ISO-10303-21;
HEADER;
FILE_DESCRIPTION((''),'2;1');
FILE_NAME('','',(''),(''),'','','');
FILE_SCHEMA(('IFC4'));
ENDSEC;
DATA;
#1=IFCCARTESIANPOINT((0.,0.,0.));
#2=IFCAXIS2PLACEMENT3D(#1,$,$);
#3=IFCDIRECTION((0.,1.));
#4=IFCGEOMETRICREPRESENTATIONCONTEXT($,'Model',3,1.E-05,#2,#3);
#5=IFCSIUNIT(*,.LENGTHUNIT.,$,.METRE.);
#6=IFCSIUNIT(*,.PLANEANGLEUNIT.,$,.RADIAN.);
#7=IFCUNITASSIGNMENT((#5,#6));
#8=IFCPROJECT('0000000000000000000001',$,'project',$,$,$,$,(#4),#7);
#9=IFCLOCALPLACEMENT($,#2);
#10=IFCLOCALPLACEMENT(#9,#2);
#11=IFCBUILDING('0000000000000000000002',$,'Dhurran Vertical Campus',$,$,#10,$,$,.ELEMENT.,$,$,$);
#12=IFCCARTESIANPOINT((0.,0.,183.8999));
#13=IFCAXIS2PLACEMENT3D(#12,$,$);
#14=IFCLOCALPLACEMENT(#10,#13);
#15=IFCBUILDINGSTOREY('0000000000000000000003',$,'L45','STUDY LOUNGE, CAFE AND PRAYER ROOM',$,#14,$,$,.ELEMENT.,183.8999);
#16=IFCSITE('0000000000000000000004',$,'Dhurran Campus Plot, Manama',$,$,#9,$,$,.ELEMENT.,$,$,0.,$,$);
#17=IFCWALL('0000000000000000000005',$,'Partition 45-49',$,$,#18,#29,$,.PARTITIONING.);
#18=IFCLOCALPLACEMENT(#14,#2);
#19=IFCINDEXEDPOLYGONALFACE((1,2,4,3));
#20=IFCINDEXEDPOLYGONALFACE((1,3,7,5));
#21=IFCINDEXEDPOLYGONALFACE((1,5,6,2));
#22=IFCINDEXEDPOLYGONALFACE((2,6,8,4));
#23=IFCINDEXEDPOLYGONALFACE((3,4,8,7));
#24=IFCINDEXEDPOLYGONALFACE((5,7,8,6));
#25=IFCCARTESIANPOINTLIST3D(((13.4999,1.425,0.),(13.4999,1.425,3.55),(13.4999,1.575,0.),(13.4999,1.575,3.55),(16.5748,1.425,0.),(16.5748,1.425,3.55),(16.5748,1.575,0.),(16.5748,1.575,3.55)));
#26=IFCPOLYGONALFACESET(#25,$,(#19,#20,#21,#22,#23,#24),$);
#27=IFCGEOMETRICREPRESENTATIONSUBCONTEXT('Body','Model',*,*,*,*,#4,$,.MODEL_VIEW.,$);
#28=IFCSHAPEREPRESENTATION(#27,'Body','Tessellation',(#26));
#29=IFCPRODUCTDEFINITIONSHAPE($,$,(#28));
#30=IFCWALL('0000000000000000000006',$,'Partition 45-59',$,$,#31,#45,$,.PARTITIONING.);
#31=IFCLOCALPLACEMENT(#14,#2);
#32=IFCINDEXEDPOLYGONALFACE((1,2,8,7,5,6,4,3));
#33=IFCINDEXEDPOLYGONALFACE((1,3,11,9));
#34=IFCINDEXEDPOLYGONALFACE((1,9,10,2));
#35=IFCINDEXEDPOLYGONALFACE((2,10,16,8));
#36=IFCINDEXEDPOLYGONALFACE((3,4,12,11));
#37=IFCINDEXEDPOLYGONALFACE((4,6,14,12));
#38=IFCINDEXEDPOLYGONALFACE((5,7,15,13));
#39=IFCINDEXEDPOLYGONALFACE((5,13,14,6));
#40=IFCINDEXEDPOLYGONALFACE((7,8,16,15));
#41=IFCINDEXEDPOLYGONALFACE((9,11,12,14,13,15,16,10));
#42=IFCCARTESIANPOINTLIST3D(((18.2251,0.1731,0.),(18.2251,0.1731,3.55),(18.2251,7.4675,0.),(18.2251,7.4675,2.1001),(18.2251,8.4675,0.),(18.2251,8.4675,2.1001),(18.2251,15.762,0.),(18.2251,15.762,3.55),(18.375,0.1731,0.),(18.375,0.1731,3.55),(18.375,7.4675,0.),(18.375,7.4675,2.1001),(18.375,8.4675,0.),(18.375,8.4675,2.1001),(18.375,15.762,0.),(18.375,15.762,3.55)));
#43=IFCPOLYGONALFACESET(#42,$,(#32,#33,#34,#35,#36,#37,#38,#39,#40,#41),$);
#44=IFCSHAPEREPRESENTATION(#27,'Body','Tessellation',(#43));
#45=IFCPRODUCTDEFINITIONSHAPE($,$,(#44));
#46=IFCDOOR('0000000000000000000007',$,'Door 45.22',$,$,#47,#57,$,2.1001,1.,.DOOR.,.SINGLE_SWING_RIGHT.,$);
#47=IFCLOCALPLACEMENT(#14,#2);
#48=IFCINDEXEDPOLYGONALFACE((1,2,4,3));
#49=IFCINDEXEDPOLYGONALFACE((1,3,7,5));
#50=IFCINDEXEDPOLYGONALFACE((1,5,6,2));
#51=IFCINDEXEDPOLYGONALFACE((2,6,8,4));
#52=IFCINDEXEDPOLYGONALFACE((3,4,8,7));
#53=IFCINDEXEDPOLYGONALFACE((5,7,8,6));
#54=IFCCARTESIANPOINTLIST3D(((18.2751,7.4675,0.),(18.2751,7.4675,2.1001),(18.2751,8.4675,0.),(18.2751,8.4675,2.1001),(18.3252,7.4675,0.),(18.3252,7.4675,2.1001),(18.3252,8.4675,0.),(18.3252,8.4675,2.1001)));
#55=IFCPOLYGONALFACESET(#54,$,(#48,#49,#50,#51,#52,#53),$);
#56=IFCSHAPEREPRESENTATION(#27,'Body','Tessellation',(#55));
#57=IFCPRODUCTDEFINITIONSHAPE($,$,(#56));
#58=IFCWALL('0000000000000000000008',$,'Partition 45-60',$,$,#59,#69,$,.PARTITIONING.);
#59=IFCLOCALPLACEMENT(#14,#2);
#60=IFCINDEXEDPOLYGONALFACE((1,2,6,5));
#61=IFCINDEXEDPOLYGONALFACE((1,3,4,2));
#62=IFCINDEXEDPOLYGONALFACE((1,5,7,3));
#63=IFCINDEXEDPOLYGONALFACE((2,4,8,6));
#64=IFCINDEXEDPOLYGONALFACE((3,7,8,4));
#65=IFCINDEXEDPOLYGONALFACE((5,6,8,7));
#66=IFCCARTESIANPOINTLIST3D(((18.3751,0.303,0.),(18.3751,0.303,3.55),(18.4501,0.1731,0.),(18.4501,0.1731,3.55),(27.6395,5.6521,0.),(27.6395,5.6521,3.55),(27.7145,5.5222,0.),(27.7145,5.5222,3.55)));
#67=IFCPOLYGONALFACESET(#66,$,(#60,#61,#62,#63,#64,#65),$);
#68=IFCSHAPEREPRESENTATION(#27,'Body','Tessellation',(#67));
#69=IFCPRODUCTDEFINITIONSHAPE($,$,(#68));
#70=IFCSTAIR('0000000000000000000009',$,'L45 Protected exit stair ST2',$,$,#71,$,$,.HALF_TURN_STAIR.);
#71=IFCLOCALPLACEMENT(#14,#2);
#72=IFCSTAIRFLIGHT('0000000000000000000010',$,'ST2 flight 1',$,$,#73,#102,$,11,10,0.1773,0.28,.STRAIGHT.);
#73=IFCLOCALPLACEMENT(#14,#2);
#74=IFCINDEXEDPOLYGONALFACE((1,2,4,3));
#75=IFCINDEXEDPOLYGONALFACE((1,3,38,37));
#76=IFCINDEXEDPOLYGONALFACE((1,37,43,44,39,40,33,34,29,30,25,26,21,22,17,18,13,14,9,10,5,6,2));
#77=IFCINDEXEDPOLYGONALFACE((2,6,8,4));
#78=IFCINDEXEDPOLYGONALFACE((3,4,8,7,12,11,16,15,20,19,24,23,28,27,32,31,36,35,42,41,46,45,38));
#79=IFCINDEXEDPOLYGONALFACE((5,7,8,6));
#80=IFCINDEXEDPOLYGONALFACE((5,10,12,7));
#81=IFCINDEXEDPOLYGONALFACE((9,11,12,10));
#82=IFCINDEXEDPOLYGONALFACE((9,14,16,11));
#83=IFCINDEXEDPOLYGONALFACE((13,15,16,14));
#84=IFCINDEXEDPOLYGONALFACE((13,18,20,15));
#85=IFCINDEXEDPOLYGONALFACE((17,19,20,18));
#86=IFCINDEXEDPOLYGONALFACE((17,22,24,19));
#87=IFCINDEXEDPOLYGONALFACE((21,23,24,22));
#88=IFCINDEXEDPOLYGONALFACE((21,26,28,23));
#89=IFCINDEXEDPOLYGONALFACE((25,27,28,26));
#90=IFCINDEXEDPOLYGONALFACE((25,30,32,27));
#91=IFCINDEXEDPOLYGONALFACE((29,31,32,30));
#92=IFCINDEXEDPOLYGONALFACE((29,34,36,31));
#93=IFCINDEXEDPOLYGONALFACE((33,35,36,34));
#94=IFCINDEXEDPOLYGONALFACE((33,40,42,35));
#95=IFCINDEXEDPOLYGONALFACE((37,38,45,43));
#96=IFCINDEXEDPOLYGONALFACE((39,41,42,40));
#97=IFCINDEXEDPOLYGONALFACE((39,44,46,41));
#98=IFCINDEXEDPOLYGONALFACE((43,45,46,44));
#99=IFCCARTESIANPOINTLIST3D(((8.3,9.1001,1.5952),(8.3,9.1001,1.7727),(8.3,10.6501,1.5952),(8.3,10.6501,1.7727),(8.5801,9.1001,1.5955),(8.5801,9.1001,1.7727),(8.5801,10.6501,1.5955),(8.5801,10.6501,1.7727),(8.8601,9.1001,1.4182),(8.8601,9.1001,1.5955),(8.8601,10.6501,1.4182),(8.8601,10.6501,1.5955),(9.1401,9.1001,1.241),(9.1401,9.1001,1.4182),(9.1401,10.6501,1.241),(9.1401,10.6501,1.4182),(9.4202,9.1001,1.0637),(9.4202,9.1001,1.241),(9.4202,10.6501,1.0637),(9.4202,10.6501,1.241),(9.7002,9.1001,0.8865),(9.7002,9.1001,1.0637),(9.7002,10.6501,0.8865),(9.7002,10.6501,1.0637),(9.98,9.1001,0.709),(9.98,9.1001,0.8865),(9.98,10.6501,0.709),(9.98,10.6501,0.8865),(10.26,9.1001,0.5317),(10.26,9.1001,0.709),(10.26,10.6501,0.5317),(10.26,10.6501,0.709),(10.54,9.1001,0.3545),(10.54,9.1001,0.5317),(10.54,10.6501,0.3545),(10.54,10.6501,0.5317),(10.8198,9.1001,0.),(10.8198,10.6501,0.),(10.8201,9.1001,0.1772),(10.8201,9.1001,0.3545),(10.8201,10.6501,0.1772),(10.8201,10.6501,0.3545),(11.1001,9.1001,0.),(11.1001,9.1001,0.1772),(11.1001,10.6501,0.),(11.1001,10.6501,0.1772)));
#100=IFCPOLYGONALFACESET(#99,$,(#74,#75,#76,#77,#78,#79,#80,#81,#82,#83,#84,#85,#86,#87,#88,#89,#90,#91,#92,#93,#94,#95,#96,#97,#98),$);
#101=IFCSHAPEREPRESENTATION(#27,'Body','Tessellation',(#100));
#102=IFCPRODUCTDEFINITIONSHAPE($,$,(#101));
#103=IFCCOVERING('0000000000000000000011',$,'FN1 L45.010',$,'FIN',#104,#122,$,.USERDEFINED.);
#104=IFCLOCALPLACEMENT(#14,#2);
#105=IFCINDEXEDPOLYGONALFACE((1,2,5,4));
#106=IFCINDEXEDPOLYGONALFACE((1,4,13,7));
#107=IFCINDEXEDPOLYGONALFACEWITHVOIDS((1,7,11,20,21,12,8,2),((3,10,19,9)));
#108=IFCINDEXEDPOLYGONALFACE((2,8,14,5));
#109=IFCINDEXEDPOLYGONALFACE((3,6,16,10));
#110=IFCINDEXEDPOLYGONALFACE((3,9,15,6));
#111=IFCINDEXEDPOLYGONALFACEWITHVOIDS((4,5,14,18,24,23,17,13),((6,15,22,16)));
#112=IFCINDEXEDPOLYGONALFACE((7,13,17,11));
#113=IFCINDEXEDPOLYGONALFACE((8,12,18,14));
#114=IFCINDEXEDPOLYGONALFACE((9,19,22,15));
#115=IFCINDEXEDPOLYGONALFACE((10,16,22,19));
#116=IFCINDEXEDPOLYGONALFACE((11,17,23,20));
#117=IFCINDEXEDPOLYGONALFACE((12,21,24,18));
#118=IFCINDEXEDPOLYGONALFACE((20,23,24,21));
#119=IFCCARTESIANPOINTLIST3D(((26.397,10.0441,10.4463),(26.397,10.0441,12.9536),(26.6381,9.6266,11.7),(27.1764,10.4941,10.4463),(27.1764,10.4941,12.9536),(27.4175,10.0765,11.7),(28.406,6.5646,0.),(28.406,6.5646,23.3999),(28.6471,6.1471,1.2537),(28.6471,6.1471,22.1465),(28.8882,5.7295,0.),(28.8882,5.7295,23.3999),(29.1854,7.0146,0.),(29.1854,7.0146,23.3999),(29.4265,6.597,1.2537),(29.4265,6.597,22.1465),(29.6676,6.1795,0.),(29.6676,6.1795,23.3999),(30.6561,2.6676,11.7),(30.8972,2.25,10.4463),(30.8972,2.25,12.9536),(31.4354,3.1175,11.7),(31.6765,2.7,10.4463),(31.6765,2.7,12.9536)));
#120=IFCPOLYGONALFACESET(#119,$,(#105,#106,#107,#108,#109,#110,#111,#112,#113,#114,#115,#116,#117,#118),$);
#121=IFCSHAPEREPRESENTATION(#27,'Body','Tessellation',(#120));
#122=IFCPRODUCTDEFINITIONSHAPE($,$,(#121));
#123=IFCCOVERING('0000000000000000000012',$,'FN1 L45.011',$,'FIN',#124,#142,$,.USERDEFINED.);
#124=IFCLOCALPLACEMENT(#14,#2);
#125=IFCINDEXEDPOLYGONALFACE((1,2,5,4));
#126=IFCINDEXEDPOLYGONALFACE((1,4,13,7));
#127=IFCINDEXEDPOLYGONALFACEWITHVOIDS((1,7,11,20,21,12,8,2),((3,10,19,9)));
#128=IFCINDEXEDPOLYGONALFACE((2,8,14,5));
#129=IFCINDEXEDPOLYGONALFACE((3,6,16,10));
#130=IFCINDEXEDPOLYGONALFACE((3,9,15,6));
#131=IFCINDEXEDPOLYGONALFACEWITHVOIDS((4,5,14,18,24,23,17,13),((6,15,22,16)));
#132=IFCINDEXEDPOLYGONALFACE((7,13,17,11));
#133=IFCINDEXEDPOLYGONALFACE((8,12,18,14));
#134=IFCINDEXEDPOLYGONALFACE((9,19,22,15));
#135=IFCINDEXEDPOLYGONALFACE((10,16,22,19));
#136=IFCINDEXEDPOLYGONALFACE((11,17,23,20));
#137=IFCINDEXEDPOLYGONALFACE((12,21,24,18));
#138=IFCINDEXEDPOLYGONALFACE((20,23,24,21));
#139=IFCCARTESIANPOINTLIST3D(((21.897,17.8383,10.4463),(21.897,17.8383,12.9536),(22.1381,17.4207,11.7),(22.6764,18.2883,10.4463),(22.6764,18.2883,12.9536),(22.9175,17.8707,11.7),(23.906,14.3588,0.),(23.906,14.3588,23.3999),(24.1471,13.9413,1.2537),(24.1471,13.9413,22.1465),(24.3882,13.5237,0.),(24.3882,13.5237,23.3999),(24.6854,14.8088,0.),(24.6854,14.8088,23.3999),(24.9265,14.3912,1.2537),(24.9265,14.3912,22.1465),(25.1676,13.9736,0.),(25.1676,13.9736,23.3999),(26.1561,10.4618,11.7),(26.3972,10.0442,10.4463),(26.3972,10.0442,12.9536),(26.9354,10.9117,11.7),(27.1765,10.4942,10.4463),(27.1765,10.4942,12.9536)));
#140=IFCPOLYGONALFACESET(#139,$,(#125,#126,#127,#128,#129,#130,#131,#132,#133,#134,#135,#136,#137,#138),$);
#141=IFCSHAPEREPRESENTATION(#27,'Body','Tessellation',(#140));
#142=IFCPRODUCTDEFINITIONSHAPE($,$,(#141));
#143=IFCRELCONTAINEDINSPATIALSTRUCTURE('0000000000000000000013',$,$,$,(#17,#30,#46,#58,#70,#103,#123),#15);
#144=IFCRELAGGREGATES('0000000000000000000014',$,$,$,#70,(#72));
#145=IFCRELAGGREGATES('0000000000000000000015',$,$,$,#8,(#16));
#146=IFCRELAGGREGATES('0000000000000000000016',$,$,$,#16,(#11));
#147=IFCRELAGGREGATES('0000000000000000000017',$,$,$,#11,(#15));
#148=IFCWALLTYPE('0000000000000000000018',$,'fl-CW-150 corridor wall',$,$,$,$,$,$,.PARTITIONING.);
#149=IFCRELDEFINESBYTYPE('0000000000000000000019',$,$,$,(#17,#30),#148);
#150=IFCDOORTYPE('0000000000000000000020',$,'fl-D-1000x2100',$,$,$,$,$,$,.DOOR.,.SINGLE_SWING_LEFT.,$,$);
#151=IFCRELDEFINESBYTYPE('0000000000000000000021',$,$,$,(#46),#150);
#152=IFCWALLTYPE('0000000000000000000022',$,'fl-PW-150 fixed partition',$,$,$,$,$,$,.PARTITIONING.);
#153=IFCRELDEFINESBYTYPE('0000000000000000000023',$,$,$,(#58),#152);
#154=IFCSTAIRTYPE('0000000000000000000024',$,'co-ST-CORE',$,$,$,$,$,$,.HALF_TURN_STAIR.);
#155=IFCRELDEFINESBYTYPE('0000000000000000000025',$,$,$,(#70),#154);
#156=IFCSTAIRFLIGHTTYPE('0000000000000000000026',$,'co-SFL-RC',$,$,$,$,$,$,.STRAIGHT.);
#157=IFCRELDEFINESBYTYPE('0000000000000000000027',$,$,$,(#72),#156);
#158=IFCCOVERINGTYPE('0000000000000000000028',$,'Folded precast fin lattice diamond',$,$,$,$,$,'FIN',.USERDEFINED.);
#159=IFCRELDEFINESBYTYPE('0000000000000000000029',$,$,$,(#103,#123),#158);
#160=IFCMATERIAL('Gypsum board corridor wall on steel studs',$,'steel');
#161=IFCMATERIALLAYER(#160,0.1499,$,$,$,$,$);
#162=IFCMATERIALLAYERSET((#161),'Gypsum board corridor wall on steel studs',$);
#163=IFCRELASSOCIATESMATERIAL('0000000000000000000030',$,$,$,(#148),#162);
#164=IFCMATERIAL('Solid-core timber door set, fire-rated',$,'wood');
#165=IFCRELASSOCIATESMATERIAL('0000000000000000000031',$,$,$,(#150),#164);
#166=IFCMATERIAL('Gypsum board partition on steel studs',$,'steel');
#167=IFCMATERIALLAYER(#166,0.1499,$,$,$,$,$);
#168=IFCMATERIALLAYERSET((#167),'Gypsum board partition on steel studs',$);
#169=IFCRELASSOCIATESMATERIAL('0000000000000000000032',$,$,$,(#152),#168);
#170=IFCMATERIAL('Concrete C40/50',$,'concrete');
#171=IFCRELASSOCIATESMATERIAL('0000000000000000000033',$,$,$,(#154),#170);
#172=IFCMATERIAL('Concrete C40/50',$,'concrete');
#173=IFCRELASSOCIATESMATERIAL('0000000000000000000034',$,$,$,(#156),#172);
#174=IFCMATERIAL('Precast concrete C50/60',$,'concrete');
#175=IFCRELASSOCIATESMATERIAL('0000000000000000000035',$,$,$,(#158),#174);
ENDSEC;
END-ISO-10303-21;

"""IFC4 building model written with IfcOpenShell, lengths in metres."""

from ifc_helpers import new_model, si_unit, direction, frame, frame_2d, origin, place, context, subcontext, project, spatial, polyline, rectangle, outline, extrude, material, layer, layer_set, type_object, element, fill, aggregate, save


model = new_model("IFC4")

# Units and contexts
model_context = context("Model", 3, precision=1e-05, world=origin(), true_north=direction((0.0, 1.0)))
body_context = subcontext(model_context, "Body", "Model", "MODEL_VIEW")
ifc_project = project(units=[si_unit("LENGTHUNIT", "METRE"), si_unit("PLANEANGLEUNIT", "RADIAN")], contexts=[model_context])

# Site, building, storey
site_placement = place(None, origin())
site = spatial("IfcSite", under=ifc_project, at=site_placement, Name="Dhurran Campus Plot, Manama", CompositionType="ELEMENT", RefElevation=0.0)
building_placement = place(site_placement, origin())
building = spatial("IfcBuilding", under=site, at=building_placement, Name="Dhurran Vertical Campus", CompositionType="ELEMENT")
storey_placement = place(building_placement, frame((0.0, 0.0, 183.8999)))
storey = spatial("IfcBuildingStorey", under=building, at=storey_placement, Name="L45", Description="STUDY LOUNGE, CAFE AND PRAYER ROOM", CompositionType="ELEMENT", Elevation=183.8999)

# Wall
ifc_material_1 = material(Name="Gypsum board corridor wall on steel studs", Category="steel")
ifc_layer_1 = layer(ifc_material_1, 0.1499)
ifc_layer_set_1 = layer_set([ifc_layer_1], Name="Gypsum board corridor wall on steel studs")
wall_type_1 = type_object("IfcWallType", Name="fl-CW-150 corridor wall", PredefinedType="PARTITIONING", material=ifc_layer_set_1)
for number, where, z_axis, x_axis, name in (
    (1, (16.575, 1.5, 0.0), (0.0, 0.0, 1.0), (-1.0, 0.0, 0.0), "Partition 45-49"),
):
    element("IfcWall", number, at=place(storey_placement, frame(where, z_axis=z_axis, x_axis=x_axis)), inside=storey, type_object=wall_type_1, Name=name, PredefinedType="PARTITIONING", context=body_context, shape_type="SweptSolid", body=[
        extrude(rectangle(XDim=3.075, YDim=0.1499, at=frame_2d((1.5376, 0.0))), origin(), (0.0, 0.0, 1.0), 3.55),
    ])

# Wall, opening, door
wall_1_placement = place(storey_placement, frame((18.3, 0.1731, 0.0), z_axis=(0.0, 0.0, 1.0), x_axis=(0.0, 1.0, 0.0)))
wall_1 = element("IfcWall", 2, at=wall_1_placement, inside=storey, type_object=wall_type_1, Name="Partition 45-59", PredefinedType="PARTITIONING", context=body_context, shape_type="SweptSolid", body=[
    extrude(rectangle(XDim=15.5889, YDim=0.1499, at=frame_2d((7.7944, 0.0))), origin(), (0.0, 0.0, 1.0), 3.55),
])
opening_1_placement = place(wall_1_placement, frame((7.2944, 0.0, 0.0)))
opening_1 = element("IfcOpeningElement", 3, at=opening_1_placement, cuts=wall_1, PredefinedType="OPENING", context=body_context, shape_type="SweptSolid", body=[
    extrude(rectangle(XDim=1.0, YDim=2.1001, at=frame_2d((0.5, 1.05))), frame((0.0, 0.085, 0.0), z_axis=(0.0, -1.0, 0.0), x_axis=(1.0, 0.0, 0.0)), (0.0, 0.0, 1.0), 0.1699),
])
ifc_material_2 = material(Name="Solid-core timber door set, fire-rated", Category="wood")
door_type = type_object("IfcDoorType", Name="fl-D-1000x2100", OperationType="SINGLE_SWING_LEFT", PredefinedType="DOOR", material=ifc_material_2)
door_placement = place(opening_1_placement, origin())
door = element("IfcDoor", 4, at=door_placement, inside=storey, type_object=door_type, Name="Door 45.22", OperationType="SINGLE_SWING_RIGHT", OverallHeight=2.1001, OverallWidth=1.0, PredefinedType="DOOR", context=body_context, shape_type="SweptSolid", body=[
    extrude(rectangle(XDim=1.0, YDim=2.1001, at=frame_2d((0.5, 1.05))), frame((0.0, 0.0249, 0.0), z_axis=(0.0, -1.0, 0.0), x_axis=(1.0, 0.0, 0.0)), (0.0, 0.0, 1.0), 0.05),
])
fill(opening_1, door)

# Wall
ifc_material_3 = material(Name="Gypsum board partition on steel studs", Category="steel")
ifc_layer_2 = layer(ifc_material_3, 0.1499)
ifc_layer_set_2 = layer_set([ifc_layer_2], Name="Gypsum board partition on steel studs")
wall_type_2 = type_object("IfcWallType", Name="fl-PW-150 fixed partition", PredefinedType="PARTITIONING", material=ifc_layer_set_2)
wall_2_placement = place(storey_placement, frame((27.677, 5.5872, 0.0), z_axis=(0.0, 0.0, 1.0), x_axis=(-0.866013, -0.500022, 0.0)))
element("IfcWall", 5, at=wall_2_placement, inside=storey, type_object=wall_type_2, Name="Partition 45-60", PredefinedType="PARTITIONING", context=body_context, shape_type="SweptSolid", body=[
    extrude(rectangle(XDim=10.6978, YDim=0.1499, at=frame_2d((5.3489, 0.0))), origin(), (0.0, 0.0, 1.0), 3.55),
])

# Stair, stair flight
ifc_material_4 = material(Name="Concrete C40/50", Category="concrete")
stair_type = type_object("IfcStairType", Name="co-ST-CORE", PredefinedType="HALF_TURN_STAIR", material=ifc_material_4)
stair_placement = place(storey_placement, origin())
stair = element("IfcStair", 6, at=stair_placement, inside=storey, type_object=stair_type, Name="L45 Protected exit stair ST2", PredefinedType="HALF_TURN_STAIR")
ifc_material_5 = material(Name="Concrete C40/50", Category="concrete")
stair_flight_type = type_object("IfcStairFlightType", Name="co-SFL-RC", PredefinedType="STRAIGHT", material=ifc_material_5)
stair_flight_placement = place(storey_placement, frame((11.1001, 9.875, 0.0), z_axis=(0.0, 0.0, 1.0), x_axis=(-1.0, 0.0, 0.0)))
stair_flight = element("IfcStairFlight", 7, at=stair_flight_placement, type_object=stair_flight_type, Name="ST2 flight 1", NumberOfRisers=11, NumberOfTreads=10, PredefinedType="STRAIGHT", RiserHeight=0.1773, TreadLength=0.28, context=body_context, shape_type="SweptSolid", body=[
    extrude(outline(polyline([(0.0, 0.0), (0.0, 0.1772), (0.28, 0.1772), (0.28, 0.3545), (0.5601, 0.3545), (0.5601, 0.5317), (0.8401, 0.5317), (0.8401, 0.709), (1.1201, 0.709), (1.1201, 0.8865), (1.3999, 0.8865), (1.3999, 1.0637), (1.6799, 1.0637), (1.6799, 1.241), (1.96, 1.241), (1.96, 1.4182), (2.24, 1.4182), (2.24, 1.5955), (2.52, 1.5955), (2.52, 1.7727), (2.8, 1.7727), (2.8, 1.95), (2.8, 1.5952), (0.2803, 0.0), (0.0, 0.0)])), frame((0.0, 0.7749, 0.0), z_axis=(0.0, -1.0, 0.0), x_axis=(1.0, 0.0, 0.0)), (0.0, 0.0, 1.0), 1.55),
])
aggregate(stair, [stair_flight])

# Coverings
ifc_material_6 = material(Name="Precast concrete C50/60", Category="concrete")
covering_type = type_object("IfcCoveringType", Name="Folded precast fin lattice diamond", ElementType="FIN", PredefinedType="USERDEFINED", material=ifc_material_6)
for number, where, z_axis, x_axis, name in (
    (8, (30.8972, 2.25, 0.0), (0.866014, 0.50002, 0.0), (-0.50002, 0.866014, 0.0), "FN1 L45.010"),
    (9, (26.3972, 10.0442, 0.0), (0.866014, 0.50002, 0.0), (-0.50002, 0.866014, 0.0), "FN1 L45.011"),
):
    element("IfcCovering", number, at=place(storey_placement, frame(where, z_axis=z_axis, x_axis=x_axis)), inside=storey, type_object=covering_type, Name=name, ObjectType="FIN", PredefinedType="USERDEFINED", context=body_context, shape_type="SweptSolid", body=[
        extrude(outline(polyline([(9.0, 12.9536), (9.0, 10.4463), (4.9822, 0.0), (4.0178, 0.0), (0.0, 10.4463), (0.0, 12.9536), (4.0178, 23.3999), (4.9822, 23.3999), (9.0, 12.9536)]), holes=[polyline([(8.5178, 11.7), (4.5, 22.1465), (0.4822, 11.7), (4.5, 1.2537), (8.5178, 11.7)])]), origin(), (0.0, 0.0, 1.0), 0.8999),
    ])

save(model, "model.ifc")
